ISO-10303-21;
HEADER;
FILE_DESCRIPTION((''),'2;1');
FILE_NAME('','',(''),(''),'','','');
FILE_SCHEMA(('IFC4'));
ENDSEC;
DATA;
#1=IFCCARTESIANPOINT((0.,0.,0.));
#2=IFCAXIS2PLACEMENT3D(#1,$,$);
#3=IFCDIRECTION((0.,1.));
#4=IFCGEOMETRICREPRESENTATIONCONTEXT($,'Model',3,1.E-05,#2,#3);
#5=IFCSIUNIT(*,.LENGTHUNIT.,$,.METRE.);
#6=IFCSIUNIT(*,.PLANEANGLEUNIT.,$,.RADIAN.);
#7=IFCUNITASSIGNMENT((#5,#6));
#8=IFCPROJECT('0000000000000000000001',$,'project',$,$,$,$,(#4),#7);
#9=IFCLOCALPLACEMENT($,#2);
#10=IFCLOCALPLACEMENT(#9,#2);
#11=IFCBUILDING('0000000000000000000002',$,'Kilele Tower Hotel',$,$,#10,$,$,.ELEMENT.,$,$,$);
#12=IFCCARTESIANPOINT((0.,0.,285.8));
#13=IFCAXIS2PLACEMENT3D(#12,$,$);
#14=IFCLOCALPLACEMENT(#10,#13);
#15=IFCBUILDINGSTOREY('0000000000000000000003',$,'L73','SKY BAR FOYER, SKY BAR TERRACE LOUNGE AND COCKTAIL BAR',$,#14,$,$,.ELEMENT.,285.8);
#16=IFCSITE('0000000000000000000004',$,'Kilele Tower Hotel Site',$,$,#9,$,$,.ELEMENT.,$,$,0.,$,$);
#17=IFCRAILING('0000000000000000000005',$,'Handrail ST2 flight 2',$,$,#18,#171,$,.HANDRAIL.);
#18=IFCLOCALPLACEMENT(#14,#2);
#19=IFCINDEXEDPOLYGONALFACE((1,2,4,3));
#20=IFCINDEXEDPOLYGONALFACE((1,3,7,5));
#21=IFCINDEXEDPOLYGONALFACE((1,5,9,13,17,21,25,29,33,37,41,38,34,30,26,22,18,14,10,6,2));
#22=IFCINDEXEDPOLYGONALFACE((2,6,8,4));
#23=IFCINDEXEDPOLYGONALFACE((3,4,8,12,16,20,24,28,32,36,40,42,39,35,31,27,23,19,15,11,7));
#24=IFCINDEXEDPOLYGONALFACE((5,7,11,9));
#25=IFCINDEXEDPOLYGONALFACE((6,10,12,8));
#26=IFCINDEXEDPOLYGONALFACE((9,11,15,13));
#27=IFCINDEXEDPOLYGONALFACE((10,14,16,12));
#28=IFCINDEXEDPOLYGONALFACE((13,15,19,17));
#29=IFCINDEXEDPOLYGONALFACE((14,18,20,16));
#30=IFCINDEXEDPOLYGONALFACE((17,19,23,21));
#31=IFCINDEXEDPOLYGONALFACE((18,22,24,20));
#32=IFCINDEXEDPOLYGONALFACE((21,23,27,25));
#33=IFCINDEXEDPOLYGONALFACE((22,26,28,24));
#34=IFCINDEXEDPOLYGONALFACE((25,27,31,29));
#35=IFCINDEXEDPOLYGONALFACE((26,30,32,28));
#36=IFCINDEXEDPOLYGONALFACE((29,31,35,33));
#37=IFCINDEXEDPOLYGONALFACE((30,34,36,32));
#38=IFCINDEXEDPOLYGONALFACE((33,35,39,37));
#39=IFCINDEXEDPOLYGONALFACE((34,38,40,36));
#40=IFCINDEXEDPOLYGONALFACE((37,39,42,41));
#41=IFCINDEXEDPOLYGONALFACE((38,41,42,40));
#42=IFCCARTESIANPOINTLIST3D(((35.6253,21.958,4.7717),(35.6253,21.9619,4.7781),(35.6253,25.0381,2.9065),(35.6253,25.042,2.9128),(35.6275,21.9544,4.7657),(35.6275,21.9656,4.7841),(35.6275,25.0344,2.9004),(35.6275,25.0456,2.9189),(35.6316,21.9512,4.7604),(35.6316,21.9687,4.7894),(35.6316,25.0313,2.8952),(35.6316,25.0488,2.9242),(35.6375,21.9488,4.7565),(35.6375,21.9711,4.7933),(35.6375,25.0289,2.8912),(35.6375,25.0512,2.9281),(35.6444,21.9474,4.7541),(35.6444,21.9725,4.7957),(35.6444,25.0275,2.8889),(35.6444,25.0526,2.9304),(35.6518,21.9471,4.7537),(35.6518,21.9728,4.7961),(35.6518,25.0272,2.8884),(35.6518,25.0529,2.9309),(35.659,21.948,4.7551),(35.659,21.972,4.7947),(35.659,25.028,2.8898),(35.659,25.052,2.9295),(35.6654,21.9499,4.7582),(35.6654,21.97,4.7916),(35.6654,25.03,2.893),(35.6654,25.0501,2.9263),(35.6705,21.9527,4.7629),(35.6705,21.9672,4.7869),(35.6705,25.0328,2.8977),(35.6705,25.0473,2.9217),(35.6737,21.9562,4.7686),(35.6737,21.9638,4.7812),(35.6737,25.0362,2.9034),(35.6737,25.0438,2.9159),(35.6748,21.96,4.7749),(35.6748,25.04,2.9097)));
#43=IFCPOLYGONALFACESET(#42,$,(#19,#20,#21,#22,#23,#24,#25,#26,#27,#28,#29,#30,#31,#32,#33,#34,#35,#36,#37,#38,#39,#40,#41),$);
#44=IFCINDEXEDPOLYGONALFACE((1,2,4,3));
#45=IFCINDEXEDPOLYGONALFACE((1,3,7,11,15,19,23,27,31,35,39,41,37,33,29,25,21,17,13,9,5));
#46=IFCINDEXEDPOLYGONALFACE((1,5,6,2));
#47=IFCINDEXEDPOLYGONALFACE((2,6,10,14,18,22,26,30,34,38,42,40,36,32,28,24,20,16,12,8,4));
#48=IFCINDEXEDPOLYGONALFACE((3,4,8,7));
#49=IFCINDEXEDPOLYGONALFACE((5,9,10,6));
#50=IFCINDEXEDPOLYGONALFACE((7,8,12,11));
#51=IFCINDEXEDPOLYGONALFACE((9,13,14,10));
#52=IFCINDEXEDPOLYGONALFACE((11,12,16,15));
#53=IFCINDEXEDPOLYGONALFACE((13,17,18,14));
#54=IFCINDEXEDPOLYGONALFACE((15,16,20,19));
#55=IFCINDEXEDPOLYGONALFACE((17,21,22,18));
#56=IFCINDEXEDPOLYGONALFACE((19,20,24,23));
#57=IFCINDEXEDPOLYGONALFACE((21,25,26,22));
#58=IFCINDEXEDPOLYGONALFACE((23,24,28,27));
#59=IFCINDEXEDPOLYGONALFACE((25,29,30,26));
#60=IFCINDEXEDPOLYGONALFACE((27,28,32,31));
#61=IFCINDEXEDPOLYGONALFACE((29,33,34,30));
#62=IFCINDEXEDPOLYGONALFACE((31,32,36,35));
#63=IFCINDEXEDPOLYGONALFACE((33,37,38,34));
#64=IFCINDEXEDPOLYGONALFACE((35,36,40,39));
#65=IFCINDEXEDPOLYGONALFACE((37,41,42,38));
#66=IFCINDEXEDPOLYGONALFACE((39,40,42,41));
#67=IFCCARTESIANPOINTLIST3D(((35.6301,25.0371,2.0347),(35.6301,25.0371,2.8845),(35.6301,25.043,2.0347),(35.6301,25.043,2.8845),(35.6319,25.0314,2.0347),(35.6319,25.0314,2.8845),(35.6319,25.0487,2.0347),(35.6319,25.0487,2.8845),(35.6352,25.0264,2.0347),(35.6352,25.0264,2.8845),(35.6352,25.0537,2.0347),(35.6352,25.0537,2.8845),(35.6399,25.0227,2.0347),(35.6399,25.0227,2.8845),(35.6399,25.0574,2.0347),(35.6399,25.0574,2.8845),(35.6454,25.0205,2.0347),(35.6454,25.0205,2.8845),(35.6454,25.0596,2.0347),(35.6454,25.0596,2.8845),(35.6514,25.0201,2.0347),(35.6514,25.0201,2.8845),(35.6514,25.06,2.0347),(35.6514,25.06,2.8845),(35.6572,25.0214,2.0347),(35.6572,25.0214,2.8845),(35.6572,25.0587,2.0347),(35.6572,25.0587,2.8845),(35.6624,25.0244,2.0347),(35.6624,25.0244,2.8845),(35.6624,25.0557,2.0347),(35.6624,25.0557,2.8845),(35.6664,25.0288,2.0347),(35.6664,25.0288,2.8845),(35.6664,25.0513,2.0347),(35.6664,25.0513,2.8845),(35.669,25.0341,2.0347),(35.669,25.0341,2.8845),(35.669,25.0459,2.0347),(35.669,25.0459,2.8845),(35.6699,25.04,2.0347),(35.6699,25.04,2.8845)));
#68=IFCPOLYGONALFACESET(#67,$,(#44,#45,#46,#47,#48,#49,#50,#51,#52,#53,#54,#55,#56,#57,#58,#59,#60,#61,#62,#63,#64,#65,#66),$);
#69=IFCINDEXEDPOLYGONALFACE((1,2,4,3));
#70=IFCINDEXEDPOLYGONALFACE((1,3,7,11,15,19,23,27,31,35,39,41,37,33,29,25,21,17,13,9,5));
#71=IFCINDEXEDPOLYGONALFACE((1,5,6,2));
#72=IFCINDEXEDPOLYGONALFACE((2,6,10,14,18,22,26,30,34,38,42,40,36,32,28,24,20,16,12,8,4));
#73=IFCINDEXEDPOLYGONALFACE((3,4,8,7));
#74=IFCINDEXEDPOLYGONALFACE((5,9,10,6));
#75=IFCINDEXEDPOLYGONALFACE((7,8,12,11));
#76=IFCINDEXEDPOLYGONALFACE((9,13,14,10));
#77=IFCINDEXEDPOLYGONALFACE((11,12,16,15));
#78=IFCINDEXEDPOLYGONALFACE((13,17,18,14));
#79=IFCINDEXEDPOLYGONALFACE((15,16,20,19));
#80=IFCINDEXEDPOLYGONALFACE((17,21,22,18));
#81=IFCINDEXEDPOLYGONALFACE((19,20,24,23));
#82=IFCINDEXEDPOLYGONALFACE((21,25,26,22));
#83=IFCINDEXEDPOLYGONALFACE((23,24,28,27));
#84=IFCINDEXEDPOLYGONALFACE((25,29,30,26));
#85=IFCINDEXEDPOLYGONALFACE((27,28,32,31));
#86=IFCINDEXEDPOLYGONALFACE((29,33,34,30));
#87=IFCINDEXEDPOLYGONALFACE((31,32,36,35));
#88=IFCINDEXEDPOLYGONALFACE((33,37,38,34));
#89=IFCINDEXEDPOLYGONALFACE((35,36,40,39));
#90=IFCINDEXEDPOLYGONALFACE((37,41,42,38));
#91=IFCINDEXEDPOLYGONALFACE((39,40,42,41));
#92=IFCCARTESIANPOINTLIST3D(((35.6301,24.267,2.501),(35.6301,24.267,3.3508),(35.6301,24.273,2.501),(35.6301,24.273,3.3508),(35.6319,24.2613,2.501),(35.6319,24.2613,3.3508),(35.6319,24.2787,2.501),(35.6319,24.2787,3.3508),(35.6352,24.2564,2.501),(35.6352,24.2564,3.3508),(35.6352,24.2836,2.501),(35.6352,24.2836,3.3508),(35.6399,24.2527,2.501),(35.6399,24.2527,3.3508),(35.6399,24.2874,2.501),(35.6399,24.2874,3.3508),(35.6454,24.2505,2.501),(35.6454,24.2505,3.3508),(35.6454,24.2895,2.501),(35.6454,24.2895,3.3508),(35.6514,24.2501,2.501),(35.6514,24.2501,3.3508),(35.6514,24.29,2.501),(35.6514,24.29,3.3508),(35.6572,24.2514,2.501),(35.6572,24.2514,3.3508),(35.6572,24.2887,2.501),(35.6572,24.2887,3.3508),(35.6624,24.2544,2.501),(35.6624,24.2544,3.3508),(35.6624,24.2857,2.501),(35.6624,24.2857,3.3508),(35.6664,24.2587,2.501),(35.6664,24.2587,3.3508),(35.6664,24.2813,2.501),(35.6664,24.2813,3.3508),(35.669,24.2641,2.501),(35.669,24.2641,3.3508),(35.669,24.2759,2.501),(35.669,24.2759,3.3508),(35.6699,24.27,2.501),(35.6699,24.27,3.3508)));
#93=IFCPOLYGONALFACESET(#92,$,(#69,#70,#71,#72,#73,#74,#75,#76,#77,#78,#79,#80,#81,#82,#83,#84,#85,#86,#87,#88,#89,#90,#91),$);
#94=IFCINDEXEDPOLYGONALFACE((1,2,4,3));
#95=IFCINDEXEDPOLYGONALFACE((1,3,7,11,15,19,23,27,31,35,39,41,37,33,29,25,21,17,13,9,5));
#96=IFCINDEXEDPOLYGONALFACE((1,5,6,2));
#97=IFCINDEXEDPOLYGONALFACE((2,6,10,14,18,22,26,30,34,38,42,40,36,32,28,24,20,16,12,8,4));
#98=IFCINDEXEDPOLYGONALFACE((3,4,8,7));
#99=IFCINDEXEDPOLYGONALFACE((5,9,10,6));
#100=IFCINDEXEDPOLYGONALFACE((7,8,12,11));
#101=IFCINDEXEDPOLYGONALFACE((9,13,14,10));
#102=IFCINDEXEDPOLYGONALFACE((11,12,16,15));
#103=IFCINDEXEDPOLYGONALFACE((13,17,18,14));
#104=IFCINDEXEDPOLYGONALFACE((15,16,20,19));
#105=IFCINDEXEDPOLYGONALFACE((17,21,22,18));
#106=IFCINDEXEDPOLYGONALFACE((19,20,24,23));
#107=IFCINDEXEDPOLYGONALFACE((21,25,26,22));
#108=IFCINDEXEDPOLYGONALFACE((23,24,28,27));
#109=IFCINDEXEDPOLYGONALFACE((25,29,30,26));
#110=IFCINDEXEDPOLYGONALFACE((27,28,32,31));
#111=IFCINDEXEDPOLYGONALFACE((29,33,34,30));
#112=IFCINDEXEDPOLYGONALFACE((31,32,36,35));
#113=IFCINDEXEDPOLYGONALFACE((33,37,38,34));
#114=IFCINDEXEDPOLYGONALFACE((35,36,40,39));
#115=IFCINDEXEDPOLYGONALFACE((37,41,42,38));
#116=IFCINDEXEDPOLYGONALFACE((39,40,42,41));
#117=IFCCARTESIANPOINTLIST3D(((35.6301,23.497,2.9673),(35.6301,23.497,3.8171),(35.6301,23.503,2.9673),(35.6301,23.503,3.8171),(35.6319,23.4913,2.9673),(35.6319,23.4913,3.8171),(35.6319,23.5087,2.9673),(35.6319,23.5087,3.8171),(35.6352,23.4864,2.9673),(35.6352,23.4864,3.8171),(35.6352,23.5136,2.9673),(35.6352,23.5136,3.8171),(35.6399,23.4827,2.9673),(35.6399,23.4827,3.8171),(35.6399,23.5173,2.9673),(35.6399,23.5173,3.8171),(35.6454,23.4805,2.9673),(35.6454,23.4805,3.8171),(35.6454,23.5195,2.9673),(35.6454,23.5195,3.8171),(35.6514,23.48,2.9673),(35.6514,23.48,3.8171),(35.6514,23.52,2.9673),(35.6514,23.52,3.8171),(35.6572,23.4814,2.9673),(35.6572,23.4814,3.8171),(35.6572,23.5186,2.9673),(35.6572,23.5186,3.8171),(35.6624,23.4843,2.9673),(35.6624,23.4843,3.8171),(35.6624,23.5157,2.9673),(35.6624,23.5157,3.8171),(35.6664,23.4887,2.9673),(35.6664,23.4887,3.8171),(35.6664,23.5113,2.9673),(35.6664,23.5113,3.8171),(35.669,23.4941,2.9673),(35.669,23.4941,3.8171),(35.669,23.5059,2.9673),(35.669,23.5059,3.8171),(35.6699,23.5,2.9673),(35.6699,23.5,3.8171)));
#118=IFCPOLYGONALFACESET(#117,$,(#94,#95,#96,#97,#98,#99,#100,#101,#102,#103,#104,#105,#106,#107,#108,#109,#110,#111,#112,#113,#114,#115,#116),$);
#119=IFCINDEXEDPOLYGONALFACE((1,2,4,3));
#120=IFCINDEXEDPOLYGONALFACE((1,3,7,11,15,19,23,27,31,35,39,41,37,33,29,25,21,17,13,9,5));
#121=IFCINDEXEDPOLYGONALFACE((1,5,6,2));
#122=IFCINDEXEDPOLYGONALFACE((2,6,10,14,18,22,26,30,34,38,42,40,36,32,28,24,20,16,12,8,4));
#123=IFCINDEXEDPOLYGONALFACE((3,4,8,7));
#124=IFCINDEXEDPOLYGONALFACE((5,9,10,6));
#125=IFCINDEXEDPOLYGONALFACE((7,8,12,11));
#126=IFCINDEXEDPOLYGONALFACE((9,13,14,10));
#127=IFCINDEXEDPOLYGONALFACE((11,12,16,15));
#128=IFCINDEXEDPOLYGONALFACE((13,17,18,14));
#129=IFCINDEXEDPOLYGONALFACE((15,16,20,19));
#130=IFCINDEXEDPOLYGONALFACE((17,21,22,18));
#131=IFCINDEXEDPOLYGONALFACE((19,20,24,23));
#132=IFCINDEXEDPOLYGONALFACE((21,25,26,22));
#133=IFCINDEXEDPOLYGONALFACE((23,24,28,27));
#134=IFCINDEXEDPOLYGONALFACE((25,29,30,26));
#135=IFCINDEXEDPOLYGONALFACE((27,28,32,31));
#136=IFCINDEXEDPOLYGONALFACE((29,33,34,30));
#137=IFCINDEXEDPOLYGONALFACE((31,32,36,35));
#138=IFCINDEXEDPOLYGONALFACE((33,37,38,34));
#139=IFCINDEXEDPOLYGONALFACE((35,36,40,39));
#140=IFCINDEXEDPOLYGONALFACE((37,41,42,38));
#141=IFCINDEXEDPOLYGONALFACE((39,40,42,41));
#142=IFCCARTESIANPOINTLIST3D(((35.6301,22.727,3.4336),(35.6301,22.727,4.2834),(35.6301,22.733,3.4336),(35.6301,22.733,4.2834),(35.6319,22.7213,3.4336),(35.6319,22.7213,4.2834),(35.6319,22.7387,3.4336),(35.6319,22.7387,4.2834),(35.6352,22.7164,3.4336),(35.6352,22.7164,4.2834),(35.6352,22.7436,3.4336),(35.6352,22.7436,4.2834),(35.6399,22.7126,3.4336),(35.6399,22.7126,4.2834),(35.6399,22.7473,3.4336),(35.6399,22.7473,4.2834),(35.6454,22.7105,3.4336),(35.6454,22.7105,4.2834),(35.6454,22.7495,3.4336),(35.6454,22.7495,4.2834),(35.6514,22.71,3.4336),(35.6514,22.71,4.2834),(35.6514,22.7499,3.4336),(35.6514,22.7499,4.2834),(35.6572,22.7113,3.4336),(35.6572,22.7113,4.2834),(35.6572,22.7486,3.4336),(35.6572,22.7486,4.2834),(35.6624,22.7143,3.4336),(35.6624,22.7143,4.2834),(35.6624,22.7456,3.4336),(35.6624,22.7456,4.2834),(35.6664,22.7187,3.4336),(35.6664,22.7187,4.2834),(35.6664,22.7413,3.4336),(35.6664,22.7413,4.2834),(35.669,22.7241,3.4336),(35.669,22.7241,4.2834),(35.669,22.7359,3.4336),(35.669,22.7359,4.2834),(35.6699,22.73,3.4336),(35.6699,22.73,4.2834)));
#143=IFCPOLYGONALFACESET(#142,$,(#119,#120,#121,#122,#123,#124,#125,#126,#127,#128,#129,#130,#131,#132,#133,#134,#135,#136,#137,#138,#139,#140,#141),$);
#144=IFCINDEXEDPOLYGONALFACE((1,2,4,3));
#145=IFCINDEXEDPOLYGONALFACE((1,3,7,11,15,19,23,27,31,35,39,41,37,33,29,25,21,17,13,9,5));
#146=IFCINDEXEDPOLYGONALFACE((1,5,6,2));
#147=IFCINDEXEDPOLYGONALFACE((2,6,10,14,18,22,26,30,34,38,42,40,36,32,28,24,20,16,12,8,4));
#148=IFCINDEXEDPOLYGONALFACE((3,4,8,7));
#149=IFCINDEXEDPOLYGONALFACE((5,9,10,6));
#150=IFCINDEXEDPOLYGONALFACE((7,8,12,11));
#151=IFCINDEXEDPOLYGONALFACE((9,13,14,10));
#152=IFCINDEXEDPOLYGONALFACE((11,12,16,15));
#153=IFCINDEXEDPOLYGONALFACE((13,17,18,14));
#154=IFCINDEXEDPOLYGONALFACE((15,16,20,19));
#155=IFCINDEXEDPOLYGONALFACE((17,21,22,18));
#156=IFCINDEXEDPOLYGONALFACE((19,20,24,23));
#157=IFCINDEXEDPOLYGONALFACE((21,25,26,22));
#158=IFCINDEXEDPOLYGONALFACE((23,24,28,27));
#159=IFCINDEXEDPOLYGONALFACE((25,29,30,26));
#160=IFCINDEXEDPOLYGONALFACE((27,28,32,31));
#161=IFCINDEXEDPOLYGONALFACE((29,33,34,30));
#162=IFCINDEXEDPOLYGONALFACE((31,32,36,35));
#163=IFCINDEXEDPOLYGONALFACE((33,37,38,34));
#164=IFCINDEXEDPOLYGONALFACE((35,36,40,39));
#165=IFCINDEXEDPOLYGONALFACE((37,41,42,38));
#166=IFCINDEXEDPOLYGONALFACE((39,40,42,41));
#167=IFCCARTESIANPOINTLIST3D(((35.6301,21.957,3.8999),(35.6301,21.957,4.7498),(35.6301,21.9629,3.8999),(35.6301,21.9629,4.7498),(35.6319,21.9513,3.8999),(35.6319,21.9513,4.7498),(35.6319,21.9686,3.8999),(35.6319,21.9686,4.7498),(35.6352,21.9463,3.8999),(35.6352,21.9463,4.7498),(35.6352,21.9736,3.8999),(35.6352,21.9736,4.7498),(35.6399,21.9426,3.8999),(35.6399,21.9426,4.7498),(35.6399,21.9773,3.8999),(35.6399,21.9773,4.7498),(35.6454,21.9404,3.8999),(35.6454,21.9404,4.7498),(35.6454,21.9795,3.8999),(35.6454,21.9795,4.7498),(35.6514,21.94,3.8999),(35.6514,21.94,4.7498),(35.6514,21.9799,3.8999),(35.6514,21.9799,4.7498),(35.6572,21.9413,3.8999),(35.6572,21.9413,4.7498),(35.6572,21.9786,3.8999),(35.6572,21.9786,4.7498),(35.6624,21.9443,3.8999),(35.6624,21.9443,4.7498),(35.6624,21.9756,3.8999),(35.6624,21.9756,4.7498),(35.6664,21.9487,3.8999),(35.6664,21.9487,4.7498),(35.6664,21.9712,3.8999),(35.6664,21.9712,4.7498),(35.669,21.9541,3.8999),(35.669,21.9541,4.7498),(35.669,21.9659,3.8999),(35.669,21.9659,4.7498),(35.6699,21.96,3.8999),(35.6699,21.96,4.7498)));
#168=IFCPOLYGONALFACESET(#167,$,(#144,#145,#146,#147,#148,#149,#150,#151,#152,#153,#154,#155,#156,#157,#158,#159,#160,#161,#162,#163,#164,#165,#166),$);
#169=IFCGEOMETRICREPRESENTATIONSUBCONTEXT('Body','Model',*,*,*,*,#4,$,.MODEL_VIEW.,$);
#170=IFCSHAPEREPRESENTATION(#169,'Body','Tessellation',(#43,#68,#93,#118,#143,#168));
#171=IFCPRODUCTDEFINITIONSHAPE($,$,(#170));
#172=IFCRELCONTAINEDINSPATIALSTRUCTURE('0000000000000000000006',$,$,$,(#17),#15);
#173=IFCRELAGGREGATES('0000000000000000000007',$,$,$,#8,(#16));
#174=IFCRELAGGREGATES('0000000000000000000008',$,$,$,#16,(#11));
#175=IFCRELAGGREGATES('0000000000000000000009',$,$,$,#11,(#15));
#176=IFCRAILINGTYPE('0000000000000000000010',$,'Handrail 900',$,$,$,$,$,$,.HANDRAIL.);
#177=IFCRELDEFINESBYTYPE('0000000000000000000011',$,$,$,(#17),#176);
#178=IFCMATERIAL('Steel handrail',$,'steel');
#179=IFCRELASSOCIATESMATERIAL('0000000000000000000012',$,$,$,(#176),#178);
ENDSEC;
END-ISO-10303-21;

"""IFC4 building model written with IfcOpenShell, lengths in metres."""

from ifc_helpers import new_model, si_unit, direction, frame, origin, origin_2d, place, context, subcontext, project, spatial, circle, extrude, material, type_object, element, save


model = new_model("IFC4")

# Units and contexts
model_context = context("Model", 3, precision=1e-05, world=origin(), true_north=direction((0.0, 1.0)))
body_context = subcontext(model_context, "Body", "Model", "MODEL_VIEW")
ifc_project = project(units=[si_unit("LENGTHUNIT", "METRE"), si_unit("PLANEANGLEUNIT", "RADIAN")], contexts=[model_context])

# Site, building, storey
site_placement = place(None, origin())
site = spatial("IfcSite", under=ifc_project, at=site_placement, Name="Kilele Tower Hotel Site", CompositionType="ELEMENT", RefElevation=0.0)
building_placement = place(site_placement, origin())
building = spatial("IfcBuilding", under=site, at=building_placement, Name="Kilele Tower Hotel", CompositionType="ELEMENT")
storey_placement = place(building_placement, frame((0.0, 0.0, 285.8)))
storey = spatial("IfcBuildingStorey", under=building, at=storey_placement, Name="L73", Description="SKY BAR FOYER, SKY BAR TERRACE LOUNGE AND COCKTAIL BAR", CompositionType="ELEMENT", Elevation=285.8)

# Railing
ifc_material_1 = material(Name="Steel handrail", Category="steel")
railing_type_1 = type_object("IfcRailingType", Name="Handrail 900", PredefinedType="HANDRAIL", material=ifc_material_1)
for number, where, name in (
    (1, (35.6499, 25.04, 2.0347), "Handrail ST2 flight 2"),
):
    element("IfcRailing", number, at=place(storey_placement, frame(where)), inside=storey, type_object=railing_type_1, Name=name, PredefinedType="HANDRAIL", context=body_context, shape_type="SweptSolid", body=[
        extrude(circle(Radius=0.0249, at=origin_2d()), frame((0.0, 0.0, 0.875), z_axis=(0.0, -0.85538, 0.518001), x_axis=(1.0, 0.0, 0.0)), (0.0, 0.0, 1.0), 3.6008),
        extrude(circle(Radius=0.02, at=origin_2d()), origin(), (0.0, 0.0, 1.0), 0.8499),
        extrude(circle(Radius=0.02, at=origin_2d()), frame((0.0, -0.77, 0.4663)), (0.0, 0.0, 1.0), 0.8499),
        extrude(circle(Radius=0.02, at=origin_2d()), frame((0.0, -1.54, 0.9326)), (0.0, 0.0, 1.0), 0.8499),
        extrude(circle(Radius=0.02, at=origin_2d()), frame((0.0, -2.3101, 1.3989)), (0.0, 0.0, 1.0), 0.8499),
        extrude(circle(Radius=0.02, at=origin_2d()), frame((0.0, -3.0801, 1.8652)), (0.0, 0.0, 1.0), 0.8499),
    ])

save(model, "model.ifc")
